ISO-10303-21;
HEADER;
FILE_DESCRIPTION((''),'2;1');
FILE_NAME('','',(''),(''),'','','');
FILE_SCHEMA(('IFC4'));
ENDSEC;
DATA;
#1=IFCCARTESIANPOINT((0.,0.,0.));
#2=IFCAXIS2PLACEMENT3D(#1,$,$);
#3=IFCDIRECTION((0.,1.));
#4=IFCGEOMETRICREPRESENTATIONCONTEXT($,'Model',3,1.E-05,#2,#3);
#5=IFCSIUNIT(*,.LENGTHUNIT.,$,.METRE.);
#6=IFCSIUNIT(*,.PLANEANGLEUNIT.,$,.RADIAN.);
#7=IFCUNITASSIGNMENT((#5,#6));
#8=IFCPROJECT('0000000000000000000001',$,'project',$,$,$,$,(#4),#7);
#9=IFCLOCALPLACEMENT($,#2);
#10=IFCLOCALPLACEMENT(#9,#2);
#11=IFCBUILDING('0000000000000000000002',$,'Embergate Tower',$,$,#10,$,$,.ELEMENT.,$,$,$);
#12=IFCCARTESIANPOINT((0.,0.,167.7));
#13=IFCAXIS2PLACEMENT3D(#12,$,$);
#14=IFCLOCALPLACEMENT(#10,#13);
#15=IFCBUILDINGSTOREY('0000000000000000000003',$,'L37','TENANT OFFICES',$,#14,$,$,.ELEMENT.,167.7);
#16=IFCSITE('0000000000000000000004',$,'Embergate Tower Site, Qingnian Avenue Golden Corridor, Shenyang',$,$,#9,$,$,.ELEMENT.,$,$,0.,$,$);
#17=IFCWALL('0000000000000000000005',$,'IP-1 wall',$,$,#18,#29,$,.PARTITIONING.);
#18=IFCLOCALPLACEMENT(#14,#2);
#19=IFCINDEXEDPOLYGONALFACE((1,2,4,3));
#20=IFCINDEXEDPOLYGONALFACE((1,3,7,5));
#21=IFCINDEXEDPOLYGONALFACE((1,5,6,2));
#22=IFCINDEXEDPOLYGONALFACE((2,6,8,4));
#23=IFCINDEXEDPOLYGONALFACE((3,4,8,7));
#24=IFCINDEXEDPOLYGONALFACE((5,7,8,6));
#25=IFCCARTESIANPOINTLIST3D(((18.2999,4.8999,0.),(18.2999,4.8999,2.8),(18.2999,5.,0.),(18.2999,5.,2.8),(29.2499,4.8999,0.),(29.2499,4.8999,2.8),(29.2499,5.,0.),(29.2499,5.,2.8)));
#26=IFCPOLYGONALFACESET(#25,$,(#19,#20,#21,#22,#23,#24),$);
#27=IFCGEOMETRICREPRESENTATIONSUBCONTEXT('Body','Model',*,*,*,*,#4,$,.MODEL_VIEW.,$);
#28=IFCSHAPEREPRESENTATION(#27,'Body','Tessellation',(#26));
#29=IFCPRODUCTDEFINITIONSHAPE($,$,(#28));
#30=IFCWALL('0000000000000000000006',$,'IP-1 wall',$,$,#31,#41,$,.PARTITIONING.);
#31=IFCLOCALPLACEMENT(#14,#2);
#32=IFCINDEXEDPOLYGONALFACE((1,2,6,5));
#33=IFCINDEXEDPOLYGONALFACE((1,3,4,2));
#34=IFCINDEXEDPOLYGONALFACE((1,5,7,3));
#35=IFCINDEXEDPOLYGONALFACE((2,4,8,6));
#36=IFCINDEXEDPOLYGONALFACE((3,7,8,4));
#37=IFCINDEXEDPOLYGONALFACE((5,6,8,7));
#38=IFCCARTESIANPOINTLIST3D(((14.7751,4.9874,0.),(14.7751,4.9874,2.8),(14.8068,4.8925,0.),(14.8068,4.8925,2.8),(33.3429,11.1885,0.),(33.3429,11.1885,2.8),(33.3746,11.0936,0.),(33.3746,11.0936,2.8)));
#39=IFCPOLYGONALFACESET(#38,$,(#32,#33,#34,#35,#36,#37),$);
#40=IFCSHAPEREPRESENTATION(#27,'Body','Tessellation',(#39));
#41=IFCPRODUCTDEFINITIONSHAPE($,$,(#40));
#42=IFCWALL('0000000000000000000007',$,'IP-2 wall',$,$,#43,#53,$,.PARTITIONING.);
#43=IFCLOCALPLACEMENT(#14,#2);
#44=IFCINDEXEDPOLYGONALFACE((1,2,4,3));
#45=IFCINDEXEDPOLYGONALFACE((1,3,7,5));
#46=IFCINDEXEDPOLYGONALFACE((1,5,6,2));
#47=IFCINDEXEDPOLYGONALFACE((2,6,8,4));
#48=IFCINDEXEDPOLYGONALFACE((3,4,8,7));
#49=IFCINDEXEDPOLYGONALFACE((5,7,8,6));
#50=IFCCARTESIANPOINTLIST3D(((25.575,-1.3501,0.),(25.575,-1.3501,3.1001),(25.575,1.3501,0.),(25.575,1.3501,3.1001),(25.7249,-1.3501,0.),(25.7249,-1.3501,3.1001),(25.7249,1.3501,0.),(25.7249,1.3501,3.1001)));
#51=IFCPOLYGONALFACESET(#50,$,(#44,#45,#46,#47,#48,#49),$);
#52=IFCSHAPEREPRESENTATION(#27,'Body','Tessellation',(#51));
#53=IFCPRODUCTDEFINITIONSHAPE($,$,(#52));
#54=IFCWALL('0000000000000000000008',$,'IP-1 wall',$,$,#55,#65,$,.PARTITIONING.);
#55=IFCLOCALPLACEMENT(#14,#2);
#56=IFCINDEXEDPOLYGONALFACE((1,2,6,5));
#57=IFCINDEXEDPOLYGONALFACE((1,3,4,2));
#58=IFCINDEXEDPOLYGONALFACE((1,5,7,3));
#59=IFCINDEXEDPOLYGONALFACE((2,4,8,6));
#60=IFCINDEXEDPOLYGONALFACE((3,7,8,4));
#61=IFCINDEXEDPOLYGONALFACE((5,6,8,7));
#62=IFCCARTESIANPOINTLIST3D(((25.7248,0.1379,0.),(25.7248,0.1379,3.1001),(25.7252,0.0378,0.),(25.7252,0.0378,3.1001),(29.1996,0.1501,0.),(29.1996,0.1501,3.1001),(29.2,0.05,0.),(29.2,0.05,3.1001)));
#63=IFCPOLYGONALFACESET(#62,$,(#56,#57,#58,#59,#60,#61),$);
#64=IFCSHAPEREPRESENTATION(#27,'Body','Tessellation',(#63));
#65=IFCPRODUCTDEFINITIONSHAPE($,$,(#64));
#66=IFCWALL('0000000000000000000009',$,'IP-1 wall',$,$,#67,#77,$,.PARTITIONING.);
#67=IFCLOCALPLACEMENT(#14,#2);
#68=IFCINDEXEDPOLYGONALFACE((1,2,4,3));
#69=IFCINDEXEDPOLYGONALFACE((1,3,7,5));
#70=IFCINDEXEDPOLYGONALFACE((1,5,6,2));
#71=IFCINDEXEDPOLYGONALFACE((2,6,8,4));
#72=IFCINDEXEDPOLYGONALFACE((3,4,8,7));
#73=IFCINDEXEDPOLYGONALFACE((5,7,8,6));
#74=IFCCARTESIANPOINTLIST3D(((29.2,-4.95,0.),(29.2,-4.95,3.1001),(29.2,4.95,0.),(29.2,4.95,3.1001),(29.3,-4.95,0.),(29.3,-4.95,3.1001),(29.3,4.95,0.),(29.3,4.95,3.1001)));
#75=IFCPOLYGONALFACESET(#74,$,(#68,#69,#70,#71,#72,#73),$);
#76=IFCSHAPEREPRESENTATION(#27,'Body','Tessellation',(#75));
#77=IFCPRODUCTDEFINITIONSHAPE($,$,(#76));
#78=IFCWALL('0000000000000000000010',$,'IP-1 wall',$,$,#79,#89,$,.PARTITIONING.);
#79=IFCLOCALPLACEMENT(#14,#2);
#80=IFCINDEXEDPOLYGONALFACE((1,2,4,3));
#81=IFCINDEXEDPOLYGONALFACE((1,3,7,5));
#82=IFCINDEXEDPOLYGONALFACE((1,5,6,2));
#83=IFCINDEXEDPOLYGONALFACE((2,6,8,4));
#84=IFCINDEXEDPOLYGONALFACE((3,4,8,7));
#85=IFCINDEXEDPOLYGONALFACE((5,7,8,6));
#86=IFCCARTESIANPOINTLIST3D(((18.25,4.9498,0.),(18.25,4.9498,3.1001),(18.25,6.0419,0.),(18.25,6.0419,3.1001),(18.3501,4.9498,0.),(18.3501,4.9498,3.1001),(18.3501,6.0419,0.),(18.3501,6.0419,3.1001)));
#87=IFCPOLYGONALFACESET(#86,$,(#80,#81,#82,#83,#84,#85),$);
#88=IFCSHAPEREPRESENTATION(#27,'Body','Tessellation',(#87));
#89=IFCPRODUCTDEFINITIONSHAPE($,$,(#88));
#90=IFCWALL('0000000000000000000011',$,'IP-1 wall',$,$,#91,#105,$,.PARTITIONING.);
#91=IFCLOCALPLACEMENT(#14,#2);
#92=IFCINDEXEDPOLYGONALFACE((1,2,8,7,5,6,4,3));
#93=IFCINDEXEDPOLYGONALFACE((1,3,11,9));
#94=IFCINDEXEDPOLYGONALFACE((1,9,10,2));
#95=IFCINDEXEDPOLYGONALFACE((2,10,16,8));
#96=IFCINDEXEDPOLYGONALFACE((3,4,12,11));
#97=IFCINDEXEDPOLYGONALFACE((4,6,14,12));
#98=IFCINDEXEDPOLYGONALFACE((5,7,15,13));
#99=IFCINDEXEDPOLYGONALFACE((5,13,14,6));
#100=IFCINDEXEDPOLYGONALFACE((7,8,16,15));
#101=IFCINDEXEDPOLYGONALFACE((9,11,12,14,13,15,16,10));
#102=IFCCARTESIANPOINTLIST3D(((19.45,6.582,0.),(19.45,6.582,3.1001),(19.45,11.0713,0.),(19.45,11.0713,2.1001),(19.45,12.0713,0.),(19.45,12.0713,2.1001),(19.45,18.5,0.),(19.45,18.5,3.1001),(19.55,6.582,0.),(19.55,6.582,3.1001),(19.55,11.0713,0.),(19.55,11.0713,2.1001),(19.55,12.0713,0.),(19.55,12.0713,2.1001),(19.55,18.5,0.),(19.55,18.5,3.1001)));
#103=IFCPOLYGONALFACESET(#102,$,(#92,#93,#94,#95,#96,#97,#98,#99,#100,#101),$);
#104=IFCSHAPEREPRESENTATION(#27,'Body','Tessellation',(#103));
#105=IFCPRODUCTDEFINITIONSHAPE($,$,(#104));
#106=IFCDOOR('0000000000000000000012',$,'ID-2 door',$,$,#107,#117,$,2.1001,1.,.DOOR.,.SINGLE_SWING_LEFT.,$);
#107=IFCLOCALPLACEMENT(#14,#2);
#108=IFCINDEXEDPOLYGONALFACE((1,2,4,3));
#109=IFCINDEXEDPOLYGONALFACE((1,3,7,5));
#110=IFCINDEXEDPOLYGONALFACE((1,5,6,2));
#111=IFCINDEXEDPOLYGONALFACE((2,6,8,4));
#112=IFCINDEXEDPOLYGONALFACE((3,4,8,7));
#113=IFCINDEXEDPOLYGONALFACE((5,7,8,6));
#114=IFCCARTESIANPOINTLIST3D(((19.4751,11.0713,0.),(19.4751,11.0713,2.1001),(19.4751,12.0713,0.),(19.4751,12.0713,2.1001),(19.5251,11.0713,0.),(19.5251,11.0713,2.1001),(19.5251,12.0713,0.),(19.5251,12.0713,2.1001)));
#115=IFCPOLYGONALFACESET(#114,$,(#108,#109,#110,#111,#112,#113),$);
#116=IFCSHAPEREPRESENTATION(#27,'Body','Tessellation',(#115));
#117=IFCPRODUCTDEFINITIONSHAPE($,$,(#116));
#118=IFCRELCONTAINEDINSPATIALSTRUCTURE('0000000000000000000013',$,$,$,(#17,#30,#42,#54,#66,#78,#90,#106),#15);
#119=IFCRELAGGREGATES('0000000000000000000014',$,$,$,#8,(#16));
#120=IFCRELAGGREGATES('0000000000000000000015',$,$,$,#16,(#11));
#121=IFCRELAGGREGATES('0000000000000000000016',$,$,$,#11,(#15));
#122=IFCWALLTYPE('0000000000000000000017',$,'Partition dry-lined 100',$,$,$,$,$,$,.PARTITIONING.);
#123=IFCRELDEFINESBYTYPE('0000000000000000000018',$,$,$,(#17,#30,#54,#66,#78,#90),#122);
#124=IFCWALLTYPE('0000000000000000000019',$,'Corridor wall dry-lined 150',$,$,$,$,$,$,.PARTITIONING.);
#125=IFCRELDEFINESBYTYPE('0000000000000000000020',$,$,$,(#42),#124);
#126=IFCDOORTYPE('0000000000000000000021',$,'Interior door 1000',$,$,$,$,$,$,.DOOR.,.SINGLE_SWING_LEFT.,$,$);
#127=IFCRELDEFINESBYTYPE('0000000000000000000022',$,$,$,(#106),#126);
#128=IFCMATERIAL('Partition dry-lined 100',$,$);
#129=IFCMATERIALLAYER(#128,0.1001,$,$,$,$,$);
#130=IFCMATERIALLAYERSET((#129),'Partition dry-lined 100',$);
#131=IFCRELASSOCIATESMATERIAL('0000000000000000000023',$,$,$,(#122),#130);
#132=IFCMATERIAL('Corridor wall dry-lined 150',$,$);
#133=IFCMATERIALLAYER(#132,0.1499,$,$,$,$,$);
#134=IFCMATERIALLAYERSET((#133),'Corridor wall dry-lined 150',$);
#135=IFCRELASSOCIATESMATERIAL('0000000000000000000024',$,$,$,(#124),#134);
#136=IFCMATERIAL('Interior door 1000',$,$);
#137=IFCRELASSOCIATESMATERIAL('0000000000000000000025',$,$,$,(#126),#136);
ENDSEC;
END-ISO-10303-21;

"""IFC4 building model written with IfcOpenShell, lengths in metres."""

from ifc_helpers import new_model, si_unit, direction, frame, frame_2d, origin, place, context, subcontext, project, spatial, rectangle, extrude, source, transform, mapped, material, layer, layer_set, type_object, element, fill, save


model = new_model("IFC4")

# Units and contexts
model_context = context("Model", 3, precision=1e-05, world=origin(), true_north=direction((0.0, 1.0)))
body_context = subcontext(model_context, "Body", "Model", "MODEL_VIEW")
ifc_project = project(units=[si_unit("LENGTHUNIT", "METRE"), si_unit("PLANEANGLEUNIT", "RADIAN")], contexts=[model_context])

# Site, building, storey
site_placement = place(None, origin())
site = spatial("IfcSite", under=ifc_project, at=site_placement, Name="Embergate Tower Site, Qingnian Avenue Golden Corridor, Shenyang", CompositionType="ELEMENT", RefElevation=0.0)
building_placement = place(site_placement, origin())
building = spatial("IfcBuilding", under=site, at=building_placement, Name="Embergate Tower", CompositionType="ELEMENT")
storey_placement = place(building_placement, frame((0.0, 0.0, 167.7)))
storey = spatial("IfcBuildingStorey", under=building, at=storey_placement, Name="L37", Description="TENANT OFFICES", CompositionType="ELEMENT", Elevation=167.7)

# Walls
ifc_material_1 = material(Name="Partition dry-lined 100")
ifc_layer_1 = layer(ifc_material_1, 0.1001)
ifc_layer_set_1 = layer_set([ifc_layer_1], Name="Partition dry-lined 100")
wall_type_1 = type_object("IfcWallType", Name="Partition dry-lined 100", PredefinedType="PARTITIONING", material=ifc_layer_set_1)
shared_shape_1 = source(origin(), body_context, "Body", "SweptSolid", [
    extrude(rectangle(XDim=10.95, YDim=0.1001, at=frame_2d((5.4751, 0.0))), origin(), (0.0, 0.0, 1.0), 2.8),
])
wall_1_placement = place(storey_placement, frame((29.25, 4.95, 0.0), z_axis=(0.0, 0.0, 1.0), x_axis=(-1.0, 0.0, 0.0)))
element("IfcWall", 1, at=wall_1_placement, inside=storey, type_object=wall_type_1, Name="IP-1 wall", PredefinedType="PARTITIONING", context=body_context, shape_type="MappedRepresentation", body=[
    mapped(shared_shape_1, transform((0.0, 0.0, 0.0))),
])
shared_shape_2 = source(origin(), body_context, "Body", "SweptSolid", [
    extrude(rectangle(XDim=19.5759, YDim=0.1001, at=frame_2d((9.7881, 0.0))), origin(), (0.0, 0.0, 1.0), 2.8),
])
wall_2_placement = place(storey_placement, frame((33.3589, 11.1411, 0.0), z_axis=(0.0, 0.0, 1.0), x_axis=(-0.948501, -0.316774, 0.0)))
element("IfcWall", 2, at=wall_2_placement, inside=storey, type_object=wall_type_1, Name="IP-1 wall", PredefinedType="PARTITIONING", context=body_context, shape_type="MappedRepresentation", body=[
    mapped(shared_shape_2, transform((0.0, 0.0, 0.0))),
])
ifc_material_2 = material(Name="Corridor wall dry-lined 150")
ifc_layer_2 = layer(ifc_material_2, 0.1499)
ifc_layer_set_2 = layer_set([ifc_layer_2], Name="Corridor wall dry-lined 150")
wall_type_2 = type_object("IfcWallType", Name="Corridor wall dry-lined 150", PredefinedType="PARTITIONING", material=ifc_layer_set_2)
shared_shape_3 = source(origin(), body_context, "Body", "SweptSolid", [
    extrude(rectangle(XDim=2.7002, YDim=0.1499, at=frame_2d((1.3501, 0.0))), origin(), (0.0, 0.0, 1.0), 3.1001),
])
wall_3_placement = place(storey_placement, frame((25.6499, 1.3501, 0.0), z_axis=(0.0, 0.0, 1.0), x_axis=(0.0, -1.0, 0.0)))
element("IfcWall", 3, at=wall_3_placement, inside=storey, type_object=wall_type_2, Name="IP-2 wall", PredefinedType="PARTITIONING", context=body_context, shape_type="MappedRepresentation", body=[
    mapped(shared_shape_3, transform((0.0, 0.0, 0.0))),
])
shared_shape_4 = source(origin(), body_context, "Body", "SweptSolid", [
    extrude(rectangle(XDim=3.4749, YDim=0.1001, at=frame_2d((1.7373, 0.0))), origin(), (0.0, 0.0, 1.0), 3.1001),
])
wall_4_placement = place(storey_placement, frame((25.7251, 0.0879, 0.0), z_axis=(0.0, 0.0, 1.0), x_axis=(0.999994, 0.003513, 0.0)))
element("IfcWall", 4, at=wall_4_placement, inside=storey, type_object=wall_type_1, Name="IP-1 wall", PredefinedType="PARTITIONING", context=body_context, shape_type="MappedRepresentation", body=[
    mapped(shared_shape_4, transform((0.0, 0.0, 0.0))),
])
shared_shape_5 = source(origin(), body_context, "Body", "SweptSolid", [
    extrude(rectangle(XDim=9.8999, YDim=0.1001, at=frame_2d((4.95, 0.0))), origin(), (0.0, 0.0, 1.0), 3.1001),
])
wall_5_placement = place(storey_placement, frame((29.25, 4.95, 0.0), z_axis=(0.0, 0.0, 1.0), x_axis=(0.0, -1.0, 0.0)))
element("IfcWall", 5, at=wall_5_placement, inside=storey, type_object=wall_type_1, Name="IP-1 wall", PredefinedType="PARTITIONING", context=body_context, shape_type="MappedRepresentation", body=[
    mapped(shared_shape_5, transform((0.0, 0.0, 0.0))),
])
shared_shape_6 = source(origin(), body_context, "Body", "SweptSolid", [
    extrude(rectangle(XDim=1.092, YDim=0.1001, at=frame_2d((0.5459, 0.0))), origin(), (0.0, 0.0, 1.0), 3.1001),
])
wall_6_placement = place(storey_placement, frame((18.3, 4.95, 0.0), z_axis=(0.0, 0.0, 1.0), x_axis=(0.0, 1.0, 0.0)))
element("IfcWall", 6, at=wall_6_placement, inside=storey, type_object=wall_type_1, Name="IP-1 wall", PredefinedType="PARTITIONING", context=body_context, shape_type="MappedRepresentation", body=[
    mapped(shared_shape_6, transform((0.0, 0.0, 0.0))),
])

# Wall, opening, door
shared_shape_7 = source(origin(), body_context, "Body", "SweptSolid", [
    extrude(rectangle(XDim=11.918, YDim=0.1001, at=frame_2d((5.959, 0.0))), origin(), (0.0, 0.0, 1.0), 3.1001),
])
wall_7_placement = place(storey_placement, frame((19.5, 6.582, 0.0), z_axis=(0.0, 0.0, 1.0), x_axis=(0.0, 1.0, 0.0)))
wall_7 = element("IfcWall", 7, at=wall_7_placement, inside=storey, type_object=wall_type_1, Name="IP-1 wall", PredefinedType="PARTITIONING", context=body_context, shape_type="MappedRepresentation", body=[
    mapped(shared_shape_7, transform((0.0, 0.0, 0.0))),
])
shared_shape_8 = source(origin(), body_context, "Body", "SweptSolid", [
    extrude(rectangle(XDim=1.0, YDim=2.1001, at=frame_2d((0.5, 1.05))), frame((0.0, 0.0601, 0.0), z_axis=(0.0, -1.0, 0.0), x_axis=(1.0, 0.0, 0.0)), (0.0, 0.0, 1.0), 0.1201),
])
opening_placement = place(wall_7_placement, frame((4.4893, 0.0, 0.0)))
opening = element("IfcOpeningElement", 8, at=opening_placement, cuts=wall_7, PredefinedType="OPENING", context=body_context, shape_type="MappedRepresentation", body=[
    mapped(shared_shape_8, transform((0.0, 0.0, 0.0))),
])
ifc_material_3 = material(Name="Interior door 1000")
door_type = type_object("IfcDoorType", Name="Interior door 1000", OperationType="SINGLE_SWING_LEFT", PredefinedType="DOOR", material=ifc_material_3)
shared_shape_9 = source(origin(), body_context, "Body", "SweptSolid", [
    extrude(rectangle(XDim=1.0, YDim=2.1001, at=frame_2d((0.5, 1.05))), frame((0.0, 0.0249, 0.0), z_axis=(0.0, -1.0, 0.0), x_axis=(1.0, 0.0, 0.0)), (0.0, 0.0, 1.0), 0.05),
])
door_placement = place(opening_placement, origin())
door = element("IfcDoor", 9, at=door_placement, inside=storey, type_object=door_type, Name="ID-2 door", OperationType="SINGLE_SWING_LEFT", OverallHeight=2.1001, OverallWidth=1.0, PredefinedType="DOOR", context=body_context, shape_type="MappedRepresentation", body=[
    mapped(shared_shape_9, transform((0.0, 0.0, 0.0))),
])
fill(opening, door)

save(model, "model.ifc")
